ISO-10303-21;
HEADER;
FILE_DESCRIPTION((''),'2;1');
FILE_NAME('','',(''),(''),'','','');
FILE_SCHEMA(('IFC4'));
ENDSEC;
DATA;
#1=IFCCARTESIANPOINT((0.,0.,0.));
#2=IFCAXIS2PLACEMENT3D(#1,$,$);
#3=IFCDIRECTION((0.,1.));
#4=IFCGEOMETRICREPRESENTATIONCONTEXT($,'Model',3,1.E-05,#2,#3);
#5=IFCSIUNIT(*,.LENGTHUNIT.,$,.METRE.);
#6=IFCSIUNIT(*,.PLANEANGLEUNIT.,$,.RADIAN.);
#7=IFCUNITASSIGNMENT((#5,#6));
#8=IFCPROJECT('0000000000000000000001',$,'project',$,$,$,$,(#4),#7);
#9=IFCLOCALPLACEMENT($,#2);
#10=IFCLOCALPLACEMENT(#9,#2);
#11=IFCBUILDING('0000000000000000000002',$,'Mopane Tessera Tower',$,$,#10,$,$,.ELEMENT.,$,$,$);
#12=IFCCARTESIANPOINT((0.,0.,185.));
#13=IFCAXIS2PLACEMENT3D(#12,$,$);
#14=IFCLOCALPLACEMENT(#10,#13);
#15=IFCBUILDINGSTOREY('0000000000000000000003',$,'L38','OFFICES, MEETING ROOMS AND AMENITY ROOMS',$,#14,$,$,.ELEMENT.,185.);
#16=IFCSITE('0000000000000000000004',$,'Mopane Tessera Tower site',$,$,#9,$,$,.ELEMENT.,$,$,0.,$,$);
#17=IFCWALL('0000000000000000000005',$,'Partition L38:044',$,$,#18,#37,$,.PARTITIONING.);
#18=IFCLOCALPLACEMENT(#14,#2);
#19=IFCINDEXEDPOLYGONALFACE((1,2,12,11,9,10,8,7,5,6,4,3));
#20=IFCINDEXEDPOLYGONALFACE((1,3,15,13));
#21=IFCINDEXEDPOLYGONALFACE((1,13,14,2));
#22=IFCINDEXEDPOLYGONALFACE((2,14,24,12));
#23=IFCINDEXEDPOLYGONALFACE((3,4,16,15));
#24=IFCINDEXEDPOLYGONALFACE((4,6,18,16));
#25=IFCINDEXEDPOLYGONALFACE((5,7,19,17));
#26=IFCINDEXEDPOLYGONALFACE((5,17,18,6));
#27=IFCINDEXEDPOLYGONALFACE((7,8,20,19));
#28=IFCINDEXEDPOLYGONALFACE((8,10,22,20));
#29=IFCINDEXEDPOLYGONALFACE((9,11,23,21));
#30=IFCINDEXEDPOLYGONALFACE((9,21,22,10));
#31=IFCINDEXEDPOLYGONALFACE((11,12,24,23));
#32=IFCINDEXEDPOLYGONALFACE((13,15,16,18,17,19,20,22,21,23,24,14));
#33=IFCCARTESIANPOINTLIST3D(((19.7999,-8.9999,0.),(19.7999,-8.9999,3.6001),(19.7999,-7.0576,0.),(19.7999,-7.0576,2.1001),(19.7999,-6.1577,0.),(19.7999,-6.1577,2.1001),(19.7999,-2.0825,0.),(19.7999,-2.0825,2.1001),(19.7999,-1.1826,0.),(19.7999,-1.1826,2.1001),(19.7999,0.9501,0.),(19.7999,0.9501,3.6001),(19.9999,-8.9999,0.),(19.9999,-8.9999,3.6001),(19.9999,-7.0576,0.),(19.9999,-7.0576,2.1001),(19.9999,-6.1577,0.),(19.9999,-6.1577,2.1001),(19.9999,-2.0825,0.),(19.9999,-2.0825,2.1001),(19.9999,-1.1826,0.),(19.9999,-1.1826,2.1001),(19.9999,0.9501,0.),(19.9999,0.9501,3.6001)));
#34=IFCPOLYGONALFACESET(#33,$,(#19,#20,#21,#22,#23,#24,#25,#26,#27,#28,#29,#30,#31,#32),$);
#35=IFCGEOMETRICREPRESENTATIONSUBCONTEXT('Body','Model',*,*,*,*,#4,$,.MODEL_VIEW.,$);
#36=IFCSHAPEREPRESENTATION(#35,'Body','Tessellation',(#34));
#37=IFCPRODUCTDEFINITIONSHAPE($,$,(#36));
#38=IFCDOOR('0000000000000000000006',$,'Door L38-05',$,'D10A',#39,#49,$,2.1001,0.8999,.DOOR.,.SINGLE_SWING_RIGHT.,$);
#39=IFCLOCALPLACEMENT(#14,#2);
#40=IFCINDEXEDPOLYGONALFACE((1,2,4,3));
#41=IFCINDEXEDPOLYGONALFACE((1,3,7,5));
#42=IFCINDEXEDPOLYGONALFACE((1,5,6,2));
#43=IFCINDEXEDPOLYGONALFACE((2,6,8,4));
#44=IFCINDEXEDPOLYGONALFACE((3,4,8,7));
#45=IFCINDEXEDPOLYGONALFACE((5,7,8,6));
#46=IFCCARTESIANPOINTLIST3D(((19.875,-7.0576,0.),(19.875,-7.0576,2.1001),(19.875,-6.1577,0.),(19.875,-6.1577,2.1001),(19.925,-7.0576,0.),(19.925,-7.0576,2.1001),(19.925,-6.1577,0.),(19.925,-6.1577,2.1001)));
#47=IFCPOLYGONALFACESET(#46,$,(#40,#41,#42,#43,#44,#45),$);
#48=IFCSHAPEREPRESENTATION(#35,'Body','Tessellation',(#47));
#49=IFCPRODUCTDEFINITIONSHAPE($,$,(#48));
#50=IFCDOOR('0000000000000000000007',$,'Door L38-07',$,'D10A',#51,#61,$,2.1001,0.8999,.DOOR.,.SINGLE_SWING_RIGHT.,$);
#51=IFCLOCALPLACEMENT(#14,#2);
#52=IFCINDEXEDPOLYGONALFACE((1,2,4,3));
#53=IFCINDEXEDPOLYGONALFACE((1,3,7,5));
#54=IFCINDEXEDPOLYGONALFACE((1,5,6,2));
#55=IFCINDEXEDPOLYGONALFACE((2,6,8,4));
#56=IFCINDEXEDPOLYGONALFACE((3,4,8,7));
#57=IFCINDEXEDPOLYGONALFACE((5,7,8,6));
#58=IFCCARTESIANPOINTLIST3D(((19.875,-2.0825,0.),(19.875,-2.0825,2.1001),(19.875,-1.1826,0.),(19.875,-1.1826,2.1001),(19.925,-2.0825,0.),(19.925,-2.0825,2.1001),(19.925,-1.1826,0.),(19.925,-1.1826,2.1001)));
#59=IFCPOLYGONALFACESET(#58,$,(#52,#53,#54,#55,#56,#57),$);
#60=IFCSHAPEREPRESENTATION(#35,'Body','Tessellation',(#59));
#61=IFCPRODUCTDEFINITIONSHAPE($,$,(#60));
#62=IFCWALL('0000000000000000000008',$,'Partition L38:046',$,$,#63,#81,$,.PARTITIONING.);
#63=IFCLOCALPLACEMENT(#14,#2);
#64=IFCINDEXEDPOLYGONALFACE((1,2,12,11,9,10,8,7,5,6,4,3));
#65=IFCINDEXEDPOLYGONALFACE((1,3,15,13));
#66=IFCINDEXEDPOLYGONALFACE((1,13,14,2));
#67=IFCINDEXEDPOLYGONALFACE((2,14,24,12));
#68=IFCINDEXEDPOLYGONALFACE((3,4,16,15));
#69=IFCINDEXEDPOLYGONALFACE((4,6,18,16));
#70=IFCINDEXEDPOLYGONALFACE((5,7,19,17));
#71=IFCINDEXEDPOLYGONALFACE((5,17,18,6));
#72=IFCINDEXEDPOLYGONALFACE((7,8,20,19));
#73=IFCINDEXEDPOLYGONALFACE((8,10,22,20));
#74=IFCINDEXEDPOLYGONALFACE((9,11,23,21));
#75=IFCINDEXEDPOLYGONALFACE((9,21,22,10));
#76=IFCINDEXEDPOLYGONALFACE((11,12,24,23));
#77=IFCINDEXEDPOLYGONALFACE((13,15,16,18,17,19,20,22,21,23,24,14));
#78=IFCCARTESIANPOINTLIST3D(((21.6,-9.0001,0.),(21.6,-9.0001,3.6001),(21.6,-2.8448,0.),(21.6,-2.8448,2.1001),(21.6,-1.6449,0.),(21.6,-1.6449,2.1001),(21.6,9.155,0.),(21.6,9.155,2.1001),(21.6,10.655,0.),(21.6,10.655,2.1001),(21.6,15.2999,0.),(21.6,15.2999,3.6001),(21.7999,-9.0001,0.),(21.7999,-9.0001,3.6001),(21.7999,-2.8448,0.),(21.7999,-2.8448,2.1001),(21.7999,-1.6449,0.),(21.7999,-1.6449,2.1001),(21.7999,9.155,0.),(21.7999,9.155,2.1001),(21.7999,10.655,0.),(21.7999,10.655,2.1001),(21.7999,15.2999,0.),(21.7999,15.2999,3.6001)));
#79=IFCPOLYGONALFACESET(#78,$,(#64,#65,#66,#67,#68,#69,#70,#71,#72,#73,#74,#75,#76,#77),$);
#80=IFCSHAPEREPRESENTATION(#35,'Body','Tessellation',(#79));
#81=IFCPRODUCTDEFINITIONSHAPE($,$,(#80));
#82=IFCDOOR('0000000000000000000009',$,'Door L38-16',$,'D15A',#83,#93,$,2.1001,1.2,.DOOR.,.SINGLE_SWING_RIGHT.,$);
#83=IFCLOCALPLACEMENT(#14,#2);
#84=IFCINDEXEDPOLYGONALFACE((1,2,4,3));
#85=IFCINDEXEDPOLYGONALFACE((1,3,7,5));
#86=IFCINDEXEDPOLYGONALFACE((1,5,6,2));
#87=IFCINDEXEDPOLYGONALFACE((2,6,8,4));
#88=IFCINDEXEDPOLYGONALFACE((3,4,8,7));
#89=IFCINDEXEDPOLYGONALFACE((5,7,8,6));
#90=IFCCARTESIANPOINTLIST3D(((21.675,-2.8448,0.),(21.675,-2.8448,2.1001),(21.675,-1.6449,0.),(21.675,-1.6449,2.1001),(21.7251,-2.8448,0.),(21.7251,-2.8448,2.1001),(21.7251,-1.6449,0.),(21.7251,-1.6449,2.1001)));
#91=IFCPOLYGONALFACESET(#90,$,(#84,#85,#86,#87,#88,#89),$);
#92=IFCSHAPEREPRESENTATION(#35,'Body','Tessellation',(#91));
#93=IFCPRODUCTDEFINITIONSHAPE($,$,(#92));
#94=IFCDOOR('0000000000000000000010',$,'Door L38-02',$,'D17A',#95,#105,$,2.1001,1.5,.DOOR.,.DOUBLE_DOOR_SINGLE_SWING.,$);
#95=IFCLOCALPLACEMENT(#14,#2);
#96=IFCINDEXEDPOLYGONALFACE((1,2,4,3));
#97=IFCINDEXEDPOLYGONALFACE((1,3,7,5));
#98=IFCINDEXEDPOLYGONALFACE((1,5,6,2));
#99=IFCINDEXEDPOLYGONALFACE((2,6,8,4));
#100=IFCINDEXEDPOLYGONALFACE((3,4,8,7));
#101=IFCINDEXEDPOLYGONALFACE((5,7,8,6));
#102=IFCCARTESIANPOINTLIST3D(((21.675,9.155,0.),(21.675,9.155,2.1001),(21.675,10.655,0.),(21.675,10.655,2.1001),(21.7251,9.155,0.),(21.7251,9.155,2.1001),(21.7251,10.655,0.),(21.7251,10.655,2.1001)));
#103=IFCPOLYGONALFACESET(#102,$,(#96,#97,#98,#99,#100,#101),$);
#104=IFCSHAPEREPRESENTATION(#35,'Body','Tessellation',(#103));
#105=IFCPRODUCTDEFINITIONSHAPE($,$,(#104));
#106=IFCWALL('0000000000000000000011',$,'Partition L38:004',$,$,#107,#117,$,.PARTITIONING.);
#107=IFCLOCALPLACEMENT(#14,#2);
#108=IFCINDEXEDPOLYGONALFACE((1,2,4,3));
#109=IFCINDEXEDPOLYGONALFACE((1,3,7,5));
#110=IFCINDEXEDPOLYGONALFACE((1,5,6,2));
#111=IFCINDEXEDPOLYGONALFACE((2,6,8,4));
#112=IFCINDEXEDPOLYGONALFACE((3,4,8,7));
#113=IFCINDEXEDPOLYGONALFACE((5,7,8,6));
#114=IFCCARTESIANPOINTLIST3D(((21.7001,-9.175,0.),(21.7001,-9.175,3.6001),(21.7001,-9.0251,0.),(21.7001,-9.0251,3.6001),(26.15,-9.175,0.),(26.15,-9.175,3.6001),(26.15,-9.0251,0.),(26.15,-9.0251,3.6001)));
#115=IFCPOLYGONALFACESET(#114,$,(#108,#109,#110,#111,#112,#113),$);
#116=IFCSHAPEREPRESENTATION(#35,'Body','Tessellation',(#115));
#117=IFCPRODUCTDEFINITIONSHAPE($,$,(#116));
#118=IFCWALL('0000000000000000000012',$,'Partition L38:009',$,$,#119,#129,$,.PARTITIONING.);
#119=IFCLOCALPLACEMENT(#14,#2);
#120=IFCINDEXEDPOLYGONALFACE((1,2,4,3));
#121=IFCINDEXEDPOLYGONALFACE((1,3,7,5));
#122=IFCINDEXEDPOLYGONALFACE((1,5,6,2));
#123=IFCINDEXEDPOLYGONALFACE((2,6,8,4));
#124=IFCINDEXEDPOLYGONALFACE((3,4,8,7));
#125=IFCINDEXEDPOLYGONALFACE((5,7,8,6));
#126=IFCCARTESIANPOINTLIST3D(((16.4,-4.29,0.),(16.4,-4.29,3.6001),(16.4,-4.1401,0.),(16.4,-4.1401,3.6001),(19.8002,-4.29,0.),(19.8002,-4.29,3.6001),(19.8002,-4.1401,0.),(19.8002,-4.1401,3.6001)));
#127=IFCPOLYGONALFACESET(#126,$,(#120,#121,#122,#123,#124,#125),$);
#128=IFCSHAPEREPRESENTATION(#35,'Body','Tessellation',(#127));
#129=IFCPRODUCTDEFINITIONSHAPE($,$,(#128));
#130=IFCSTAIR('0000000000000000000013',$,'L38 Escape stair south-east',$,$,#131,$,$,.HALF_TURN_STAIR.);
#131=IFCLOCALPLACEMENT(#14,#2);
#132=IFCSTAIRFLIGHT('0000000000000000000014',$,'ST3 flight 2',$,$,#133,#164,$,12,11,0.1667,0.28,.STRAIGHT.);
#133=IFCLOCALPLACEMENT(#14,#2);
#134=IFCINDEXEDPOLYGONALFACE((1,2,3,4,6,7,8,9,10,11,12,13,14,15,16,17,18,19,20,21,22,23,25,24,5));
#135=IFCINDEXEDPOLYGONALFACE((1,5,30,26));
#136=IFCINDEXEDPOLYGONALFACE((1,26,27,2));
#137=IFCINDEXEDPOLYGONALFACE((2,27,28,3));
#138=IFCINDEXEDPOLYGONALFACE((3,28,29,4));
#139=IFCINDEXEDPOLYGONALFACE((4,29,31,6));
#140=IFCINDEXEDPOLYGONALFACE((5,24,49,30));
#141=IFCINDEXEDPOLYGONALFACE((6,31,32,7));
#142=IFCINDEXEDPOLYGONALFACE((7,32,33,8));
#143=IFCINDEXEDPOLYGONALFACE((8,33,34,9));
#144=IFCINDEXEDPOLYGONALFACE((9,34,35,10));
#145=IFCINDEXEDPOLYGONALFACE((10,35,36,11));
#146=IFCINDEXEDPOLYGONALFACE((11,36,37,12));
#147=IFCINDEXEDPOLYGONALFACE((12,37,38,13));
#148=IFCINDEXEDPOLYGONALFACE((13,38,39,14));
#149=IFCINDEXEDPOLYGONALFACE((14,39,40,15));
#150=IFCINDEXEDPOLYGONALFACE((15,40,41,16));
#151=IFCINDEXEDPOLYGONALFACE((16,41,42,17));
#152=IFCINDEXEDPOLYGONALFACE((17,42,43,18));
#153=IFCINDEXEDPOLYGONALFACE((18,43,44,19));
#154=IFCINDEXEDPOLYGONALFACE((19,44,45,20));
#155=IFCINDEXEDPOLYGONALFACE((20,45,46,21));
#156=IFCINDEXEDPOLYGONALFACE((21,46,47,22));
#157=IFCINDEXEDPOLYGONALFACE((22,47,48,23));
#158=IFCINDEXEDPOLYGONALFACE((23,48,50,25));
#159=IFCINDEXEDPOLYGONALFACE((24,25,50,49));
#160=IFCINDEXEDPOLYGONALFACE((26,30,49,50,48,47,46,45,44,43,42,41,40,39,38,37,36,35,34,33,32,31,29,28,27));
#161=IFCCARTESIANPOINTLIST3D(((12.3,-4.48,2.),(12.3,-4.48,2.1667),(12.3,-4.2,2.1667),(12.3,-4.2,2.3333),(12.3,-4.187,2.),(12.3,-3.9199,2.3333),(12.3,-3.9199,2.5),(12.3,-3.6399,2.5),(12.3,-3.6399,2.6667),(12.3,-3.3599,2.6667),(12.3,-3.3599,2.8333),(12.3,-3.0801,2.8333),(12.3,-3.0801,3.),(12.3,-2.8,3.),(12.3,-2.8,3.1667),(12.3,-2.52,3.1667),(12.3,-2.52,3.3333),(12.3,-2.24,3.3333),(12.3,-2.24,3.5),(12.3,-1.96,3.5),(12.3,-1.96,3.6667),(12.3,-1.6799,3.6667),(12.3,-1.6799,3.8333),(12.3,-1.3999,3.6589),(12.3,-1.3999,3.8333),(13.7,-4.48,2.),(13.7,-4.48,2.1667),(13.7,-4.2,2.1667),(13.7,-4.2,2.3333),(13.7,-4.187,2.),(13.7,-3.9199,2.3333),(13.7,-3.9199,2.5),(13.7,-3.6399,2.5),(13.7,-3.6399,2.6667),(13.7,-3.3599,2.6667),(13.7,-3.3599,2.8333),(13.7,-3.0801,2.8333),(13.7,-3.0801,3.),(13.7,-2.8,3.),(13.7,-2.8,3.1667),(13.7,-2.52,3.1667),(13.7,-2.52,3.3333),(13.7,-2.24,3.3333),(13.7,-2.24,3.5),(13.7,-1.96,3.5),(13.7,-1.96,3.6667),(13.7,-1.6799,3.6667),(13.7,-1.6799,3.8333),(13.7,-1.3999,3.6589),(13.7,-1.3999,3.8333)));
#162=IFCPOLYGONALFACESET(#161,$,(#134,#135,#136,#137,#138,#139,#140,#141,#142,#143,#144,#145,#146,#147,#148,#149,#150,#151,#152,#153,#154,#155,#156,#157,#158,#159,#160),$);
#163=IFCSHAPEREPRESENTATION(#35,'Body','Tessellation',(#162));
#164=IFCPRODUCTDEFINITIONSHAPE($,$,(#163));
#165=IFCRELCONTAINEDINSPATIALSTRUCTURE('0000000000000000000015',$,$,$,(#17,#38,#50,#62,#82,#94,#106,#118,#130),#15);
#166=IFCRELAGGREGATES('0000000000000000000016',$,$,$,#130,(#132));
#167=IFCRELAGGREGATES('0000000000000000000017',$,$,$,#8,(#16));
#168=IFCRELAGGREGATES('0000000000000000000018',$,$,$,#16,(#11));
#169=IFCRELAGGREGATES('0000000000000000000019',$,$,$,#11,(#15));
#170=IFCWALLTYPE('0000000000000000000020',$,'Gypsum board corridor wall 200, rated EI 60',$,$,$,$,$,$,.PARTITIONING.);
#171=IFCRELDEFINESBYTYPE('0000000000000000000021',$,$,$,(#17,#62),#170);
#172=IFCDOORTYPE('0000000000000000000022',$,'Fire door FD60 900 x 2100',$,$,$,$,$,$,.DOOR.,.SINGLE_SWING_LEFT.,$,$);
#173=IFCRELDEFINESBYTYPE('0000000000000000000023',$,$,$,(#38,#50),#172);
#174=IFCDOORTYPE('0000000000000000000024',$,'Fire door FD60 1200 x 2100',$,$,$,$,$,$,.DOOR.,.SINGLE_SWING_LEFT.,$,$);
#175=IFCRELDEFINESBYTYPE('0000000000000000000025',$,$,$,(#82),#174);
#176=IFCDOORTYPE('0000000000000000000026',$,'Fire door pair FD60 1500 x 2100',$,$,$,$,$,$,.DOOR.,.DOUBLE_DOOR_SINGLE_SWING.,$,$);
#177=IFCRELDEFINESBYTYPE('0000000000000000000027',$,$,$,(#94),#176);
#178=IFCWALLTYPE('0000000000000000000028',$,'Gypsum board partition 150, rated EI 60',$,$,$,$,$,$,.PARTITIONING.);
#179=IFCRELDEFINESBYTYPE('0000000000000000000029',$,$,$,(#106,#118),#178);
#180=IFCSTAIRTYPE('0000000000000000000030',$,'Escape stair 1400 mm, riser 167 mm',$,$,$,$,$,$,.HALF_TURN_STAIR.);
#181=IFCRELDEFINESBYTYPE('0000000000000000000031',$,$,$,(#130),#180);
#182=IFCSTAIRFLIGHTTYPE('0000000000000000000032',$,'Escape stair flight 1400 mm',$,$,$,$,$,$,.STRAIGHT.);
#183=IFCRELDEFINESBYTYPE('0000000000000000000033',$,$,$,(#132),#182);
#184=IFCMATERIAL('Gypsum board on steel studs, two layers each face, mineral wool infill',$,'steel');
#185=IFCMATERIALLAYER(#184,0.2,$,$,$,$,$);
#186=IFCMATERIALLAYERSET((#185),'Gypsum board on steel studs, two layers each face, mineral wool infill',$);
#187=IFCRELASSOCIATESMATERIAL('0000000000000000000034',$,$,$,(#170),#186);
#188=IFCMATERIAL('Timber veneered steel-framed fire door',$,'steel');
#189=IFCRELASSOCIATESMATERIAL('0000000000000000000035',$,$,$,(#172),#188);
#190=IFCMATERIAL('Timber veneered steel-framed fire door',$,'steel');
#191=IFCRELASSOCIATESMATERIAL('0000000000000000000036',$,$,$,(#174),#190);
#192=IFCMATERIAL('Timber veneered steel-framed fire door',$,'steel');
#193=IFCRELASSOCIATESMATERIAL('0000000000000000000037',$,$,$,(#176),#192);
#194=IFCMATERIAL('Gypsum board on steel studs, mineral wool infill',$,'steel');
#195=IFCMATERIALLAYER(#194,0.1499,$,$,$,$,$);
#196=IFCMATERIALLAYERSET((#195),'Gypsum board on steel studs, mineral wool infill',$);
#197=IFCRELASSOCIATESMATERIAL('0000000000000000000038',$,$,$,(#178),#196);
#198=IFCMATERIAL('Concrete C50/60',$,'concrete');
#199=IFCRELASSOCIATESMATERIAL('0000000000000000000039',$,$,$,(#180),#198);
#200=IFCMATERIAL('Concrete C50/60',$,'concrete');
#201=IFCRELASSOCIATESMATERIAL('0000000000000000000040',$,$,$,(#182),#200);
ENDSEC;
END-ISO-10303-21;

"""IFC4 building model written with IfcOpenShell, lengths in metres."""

from ifc_helpers import new_model, si_unit, direction, frame, frame_2d, origin, place, context, subcontext, project, spatial, polyline, rectangle, outline, extrude, material, layer, layer_set, type_object, element, fill, aggregate, save


model = new_model("IFC4")

# Units and contexts
model_context = context("Model", 3, precision=1e-05, world=origin(), true_north=direction((0.0, 1.0)))
body_context = subcontext(model_context, "Body", "Model", "MODEL_VIEW")
ifc_project = project(units=[si_unit("LENGTHUNIT", "METRE"), si_unit("PLANEANGLEUNIT", "RADIAN")], contexts=[model_context])

# Site, building, storey
site_placement = place(None, origin())
site = spatial("IfcSite", under=ifc_project, at=site_placement, Name="Mopane Tessera Tower site", CompositionType="ELEMENT", RefElevation=0.0)
building_placement = place(site_placement, origin())
building = spatial("IfcBuilding", under=site, at=building_placement, Name="Mopane Tessera Tower", CompositionType="ELEMENT")
storey_placement = place(building_placement, frame((0.0, 0.0, 185.0)))
storey = spatial("IfcBuildingStorey", under=building, at=storey_placement, Name="L38", Description="OFFICES, MEETING ROOMS AND AMENITY ROOMS", CompositionType="ELEMENT", Elevation=185.0)

# Shared definitions
ifc_material_1 = material(Name="Gypsum board on steel studs, two layers each face, mineral wool infill", Category="steel")
ifc_layer_1 = layer(ifc_material_1, 0.2)
ifc_layer_set_1 = layer_set([ifc_layer_1], Name="Gypsum board on steel studs, two layers each face, mineral wool infill")
wall_type_1 = type_object("IfcWallType", Name="Gypsum board corridor wall 200, rated EI 60", PredefinedType="PARTITIONING", material=ifc_layer_set_1)

# Walls, openings, doors
wall_1_placement = place(storey_placement, frame((19.8999, -9.0, 0.0), z_axis=(0.0, 0.0, 1.0), x_axis=(0.0, 1.0, 0.0)))
wall_1 = element("IfcWall", 1, at=wall_1_placement, inside=storey, type_object=wall_type_1, Name="Partition L38:044", PredefinedType="PARTITIONING", context=body_context, shape_type="SweptSolid", body=[
    extrude(rectangle(XDim=9.95, YDim=0.2, at=frame_2d((4.9751, 0.0))), origin(), (0.0, 0.0, 1.0), 3.6001),
])
opening_1_placement = place(wall_1_placement, frame((1.9424, 0.0, 0.0)))
opening_1 = element("IfcOpeningElement", 2, at=opening_1_placement, cuts=wall_1, PredefinedType="OPENING", context=body_context, shape_type="SweptSolid", body=[
    extrude(rectangle(XDim=0.8999, YDim=2.1001, at=frame_2d((0.45, 1.05))), frame((0.0, 0.1121, 0.0), z_axis=(0.0, -1.0, 0.0), x_axis=(1.0, 0.0, 0.0)), (0.0, 0.0, 1.0), 0.2239),
])
opening_2_placement = place(wall_1_placement, frame((6.9175, 0.0, 0.0)))
opening_2 = element("IfcOpeningElement", 3, at=opening_2_placement, cuts=wall_1, PredefinedType="OPENING", context=body_context, shape_type="SweptSolid", body=[
    extrude(rectangle(XDim=0.8999, YDim=2.1001, at=frame_2d((0.45, 1.05))), frame((0.0, 0.1121, 0.0), z_axis=(0.0, -1.0, 0.0), x_axis=(1.0, 0.0, 0.0)), (0.0, 0.0, 1.0), 0.2239),
])
ifc_material_2 = material(Name="Timber veneered steel-framed fire door", Category="steel")
door_type_1 = type_object("IfcDoorType", Name="Fire door FD60 900 x 2100", OperationType="SINGLE_SWING_LEFT", PredefinedType="DOOR", material=ifc_material_2)
door_1_placement = place(opening_1_placement, origin())
door_1 = element("IfcDoor", 4, at=door_1_placement, inside=storey, type_object=door_type_1, Name="Door L38-05", ObjectType="D10A", OperationType="SINGLE_SWING_RIGHT", OverallHeight=2.1001, OverallWidth=0.8999, PredefinedType="DOOR", context=body_context, shape_type="SweptSolid", body=[
    extrude(rectangle(XDim=0.8999, YDim=2.1001, at=frame_2d((0.45, 1.05))), frame((0.0, 0.0249, 0.0), z_axis=(0.0, -1.0, 0.0), x_axis=(1.0, 0.0, 0.0)), (0.0, 0.0, 1.0), 0.05),
])
fill(opening_1, door_1)
door_2_placement = place(opening_2_placement, origin())
door_2 = element("IfcDoor", 5, at=door_2_placement, inside=storey, type_object=door_type_1, Name="Door L38-07", ObjectType="D10A", OperationType="SINGLE_SWING_RIGHT", OverallHeight=2.1001, OverallWidth=0.8999, PredefinedType="DOOR", context=body_context, shape_type="SweptSolid", body=[
    extrude(rectangle(XDim=0.8999, YDim=2.1001, at=frame_2d((0.45, 1.05))), frame((0.0, 0.0249, 0.0), z_axis=(0.0, -1.0, 0.0), x_axis=(1.0, 0.0, 0.0)), (0.0, 0.0, 1.0), 0.05),
])
fill(opening_2, door_2)
wall_2_placement = place(storey_placement, frame((21.7, -9.0, 0.0), z_axis=(0.0, 0.0, 1.0), x_axis=(0.0, 1.0, 0.0)))
wall_2 = element("IfcWall", 6, at=wall_2_placement, inside=storey, type_object=wall_type_1, Name="Partition L38:046", PredefinedType="PARTITIONING", context=body_context, shape_type="SweptSolid", body=[
    extrude(rectangle(XDim=24.3, YDim=0.2, at=frame_2d((12.1499, 0.0))), origin(), (0.0, 0.0, 1.0), 3.6001),
])
opening_3_placement = place(wall_2_placement, frame((18.155, 0.0, 0.0)))
opening_3 = element("IfcOpeningElement", 7, at=opening_3_placement, cuts=wall_2, PredefinedType="OPENING", context=body_context, shape_type="SweptSolid", body=[
    extrude(rectangle(XDim=1.5, YDim=2.1001, at=frame_2d((0.75, 1.05))), frame((0.0, 0.1121, 0.0), z_axis=(0.0, -1.0, 0.0), x_axis=(1.0, 0.0, 0.0)), (0.0, 0.0, 1.0), 0.2239),
])
opening_4_placement = place(wall_2_placement, frame((6.155, 0.0, 0.0)))
opening_4 = element("IfcOpeningElement", 8, at=opening_4_placement, cuts=wall_2, PredefinedType="OPENING", context=body_context, shape_type="SweptSolid", body=[
    extrude(rectangle(XDim=1.2, YDim=2.1001, at=frame_2d((0.6001, 1.05))), frame((0.0, 0.1121, 0.0), z_axis=(0.0, -1.0, 0.0), x_axis=(1.0, 0.0, 0.0)), (0.0, 0.0, 1.0), 0.2239),
])
ifc_material_3 = material(Name="Timber veneered steel-framed fire door", Category="steel")
door_type_2 = type_object("IfcDoorType", Name="Fire door FD60 1200 x 2100", OperationType="SINGLE_SWING_LEFT", PredefinedType="DOOR", material=ifc_material_3)
door_3_placement = place(opening_4_placement, origin())
door_3 = element("IfcDoor", 9, at=door_3_placement, inside=storey, type_object=door_type_2, Name="Door L38-16", ObjectType="D15A", OperationType="SINGLE_SWING_RIGHT", OverallHeight=2.1001, OverallWidth=1.2, PredefinedType="DOOR", context=body_context, shape_type="SweptSolid", body=[
    extrude(rectangle(XDim=1.2, YDim=2.1001, at=frame_2d((0.6001, 1.05))), frame((0.0, 0.0249, 0.0), z_axis=(0.0, -1.0, 0.0), x_axis=(1.0, 0.0, 0.0)), (0.0, 0.0, 1.0), 0.05),
])
fill(opening_4, door_3)
ifc_material_4 = material(Name="Timber veneered steel-framed fire door", Category="steel")
door_type_3 = type_object("IfcDoorType", Name="Fire door pair FD60 1500 x 2100", OperationType="DOUBLE_DOOR_SINGLE_SWING", PredefinedType="DOOR", material=ifc_material_4)
door_4_placement = place(opening_3_placement, origin())
door_4 = element("IfcDoor", 10, at=door_4_placement, inside=storey, type_object=door_type_3, Name="Door L38-02", ObjectType="D17A", OperationType="DOUBLE_DOOR_SINGLE_SWING", OverallHeight=2.1001, OverallWidth=1.5, PredefinedType="DOOR", context=body_context, shape_type="SweptSolid", body=[
    extrude(rectangle(XDim=1.5, YDim=2.1001, at=frame_2d((0.75, 1.05))), frame((0.0, 0.0249, 0.0), z_axis=(0.0, -1.0, 0.0), x_axis=(1.0, 0.0, 0.0)), (0.0, 0.0, 1.0), 0.05),
])
fill(opening_3, door_4)

# Walls
ifc_material_5 = material(Name="Gypsum board on steel studs, mineral wool infill", Category="steel")
ifc_layer_2 = layer(ifc_material_5, 0.1499)
ifc_layer_set_2 = layer_set([ifc_layer_2], Name="Gypsum board on steel studs, mineral wool infill")
wall_type_2 = type_object("IfcWallType", Name="Gypsum board partition 150, rated EI 60", PredefinedType="PARTITIONING", material=ifc_layer_set_2)
wall_3_placement = place(storey_placement, frame((21.7, -9.1001, 0.0), z_axis=(0.0, 0.0, 1.0), x_axis=(1.0, 0.0, 0.0)))
element("IfcWall", 11, at=wall_3_placement, inside=storey, type_object=wall_type_2, Name="Partition L38:004", PredefinedType="PARTITIONING", context=body_context, shape_type="SweptSolid", body=[
    extrude(rectangle(XDim=4.45, YDim=0.1499, at=frame_2d((2.2251, 0.0))), origin(), (0.0, 0.0, 1.0), 3.6001),
])
wall_4_placement = place(storey_placement, frame((16.3999, -4.2151, 0.0), z_axis=(0.0, 0.0, 1.0), x_axis=(1.0, 0.0, 0.0)))
element("IfcWall", 12, at=wall_4_placement, inside=storey, type_object=wall_type_2, Name="Partition L38:009", PredefinedType="PARTITIONING", context=body_context, shape_type="SweptSolid", body=[
    extrude(rectangle(XDim=3.4001, YDim=0.1499, at=frame_2d((1.7002, 0.0))), origin(), (0.0, 0.0, 1.0), 3.6001),
])

# Stair, stair flight
ifc_material_6 = material(Name="Concrete C50/60", Category="concrete")
stair_type = type_object("IfcStairType", Name="Escape stair 1400 mm, riser 167 mm", PredefinedType="HALF_TURN_STAIR", material=ifc_material_6)
stair_placement = place(storey_placement, origin())
stair = element("IfcStair", 13, at=stair_placement, inside=storey, type_object=stair_type, Name="L38 Escape stair south-east", PredefinedType="HALF_TURN_STAIR")
ifc_material_7 = material(Name="Concrete C50/60", Category="concrete")
stair_flight_type = type_object("IfcStairFlightType", Name="Escape stair flight 1400 mm", PredefinedType="STRAIGHT", material=ifc_material_7)
stair_flight_placement = place(storey_placement, frame((13.0, -4.48, 2.0), z_axis=(0.0, 0.0, 1.0), x_axis=(0.0, 1.0, 0.0)))
stair_flight = element("IfcStairFlight", 14, at=stair_flight_placement, type_object=stair_flight_type, Name="ST3 flight 2", NumberOfRisers=12, NumberOfTreads=11, PredefinedType="STRAIGHT", RiserHeight=0.1667, TreadLength=0.28, context=body_context, shape_type="SweptSolid", body=[
    extrude(outline(polyline([(0.0, 0.0), (0.0, 0.1667), (0.28, 0.1667), (0.28, 0.3333), (0.5601, 0.3333), (0.5601, 0.5), (0.8401, 0.5), (0.8401, 0.6667), (1.1201, 0.6667), (1.1201, 0.8333), (1.3999, 0.8333), (1.3999, 1.0), (1.6799, 1.0), (1.6799, 1.1667), (1.96, 1.1667), (1.96, 1.3333), (2.24, 1.3333), (2.24, 1.5), (2.52, 1.5), (2.52, 1.6667), (2.8, 1.6667), (2.8, 1.8333), (3.0801, 1.8333), (3.0801, 2.0), (3.0801, 1.6589), (0.293, 0.0), (0.0, 0.0)])), frame((0.0, 0.7, 0.0), z_axis=(0.0, -1.0, 0.0), x_axis=(1.0, 0.0, 0.0)), (0.0, 0.0, 1.0), 1.3999),
])
aggregate(stair, [stair_flight])

save(model, "model.ifc")
